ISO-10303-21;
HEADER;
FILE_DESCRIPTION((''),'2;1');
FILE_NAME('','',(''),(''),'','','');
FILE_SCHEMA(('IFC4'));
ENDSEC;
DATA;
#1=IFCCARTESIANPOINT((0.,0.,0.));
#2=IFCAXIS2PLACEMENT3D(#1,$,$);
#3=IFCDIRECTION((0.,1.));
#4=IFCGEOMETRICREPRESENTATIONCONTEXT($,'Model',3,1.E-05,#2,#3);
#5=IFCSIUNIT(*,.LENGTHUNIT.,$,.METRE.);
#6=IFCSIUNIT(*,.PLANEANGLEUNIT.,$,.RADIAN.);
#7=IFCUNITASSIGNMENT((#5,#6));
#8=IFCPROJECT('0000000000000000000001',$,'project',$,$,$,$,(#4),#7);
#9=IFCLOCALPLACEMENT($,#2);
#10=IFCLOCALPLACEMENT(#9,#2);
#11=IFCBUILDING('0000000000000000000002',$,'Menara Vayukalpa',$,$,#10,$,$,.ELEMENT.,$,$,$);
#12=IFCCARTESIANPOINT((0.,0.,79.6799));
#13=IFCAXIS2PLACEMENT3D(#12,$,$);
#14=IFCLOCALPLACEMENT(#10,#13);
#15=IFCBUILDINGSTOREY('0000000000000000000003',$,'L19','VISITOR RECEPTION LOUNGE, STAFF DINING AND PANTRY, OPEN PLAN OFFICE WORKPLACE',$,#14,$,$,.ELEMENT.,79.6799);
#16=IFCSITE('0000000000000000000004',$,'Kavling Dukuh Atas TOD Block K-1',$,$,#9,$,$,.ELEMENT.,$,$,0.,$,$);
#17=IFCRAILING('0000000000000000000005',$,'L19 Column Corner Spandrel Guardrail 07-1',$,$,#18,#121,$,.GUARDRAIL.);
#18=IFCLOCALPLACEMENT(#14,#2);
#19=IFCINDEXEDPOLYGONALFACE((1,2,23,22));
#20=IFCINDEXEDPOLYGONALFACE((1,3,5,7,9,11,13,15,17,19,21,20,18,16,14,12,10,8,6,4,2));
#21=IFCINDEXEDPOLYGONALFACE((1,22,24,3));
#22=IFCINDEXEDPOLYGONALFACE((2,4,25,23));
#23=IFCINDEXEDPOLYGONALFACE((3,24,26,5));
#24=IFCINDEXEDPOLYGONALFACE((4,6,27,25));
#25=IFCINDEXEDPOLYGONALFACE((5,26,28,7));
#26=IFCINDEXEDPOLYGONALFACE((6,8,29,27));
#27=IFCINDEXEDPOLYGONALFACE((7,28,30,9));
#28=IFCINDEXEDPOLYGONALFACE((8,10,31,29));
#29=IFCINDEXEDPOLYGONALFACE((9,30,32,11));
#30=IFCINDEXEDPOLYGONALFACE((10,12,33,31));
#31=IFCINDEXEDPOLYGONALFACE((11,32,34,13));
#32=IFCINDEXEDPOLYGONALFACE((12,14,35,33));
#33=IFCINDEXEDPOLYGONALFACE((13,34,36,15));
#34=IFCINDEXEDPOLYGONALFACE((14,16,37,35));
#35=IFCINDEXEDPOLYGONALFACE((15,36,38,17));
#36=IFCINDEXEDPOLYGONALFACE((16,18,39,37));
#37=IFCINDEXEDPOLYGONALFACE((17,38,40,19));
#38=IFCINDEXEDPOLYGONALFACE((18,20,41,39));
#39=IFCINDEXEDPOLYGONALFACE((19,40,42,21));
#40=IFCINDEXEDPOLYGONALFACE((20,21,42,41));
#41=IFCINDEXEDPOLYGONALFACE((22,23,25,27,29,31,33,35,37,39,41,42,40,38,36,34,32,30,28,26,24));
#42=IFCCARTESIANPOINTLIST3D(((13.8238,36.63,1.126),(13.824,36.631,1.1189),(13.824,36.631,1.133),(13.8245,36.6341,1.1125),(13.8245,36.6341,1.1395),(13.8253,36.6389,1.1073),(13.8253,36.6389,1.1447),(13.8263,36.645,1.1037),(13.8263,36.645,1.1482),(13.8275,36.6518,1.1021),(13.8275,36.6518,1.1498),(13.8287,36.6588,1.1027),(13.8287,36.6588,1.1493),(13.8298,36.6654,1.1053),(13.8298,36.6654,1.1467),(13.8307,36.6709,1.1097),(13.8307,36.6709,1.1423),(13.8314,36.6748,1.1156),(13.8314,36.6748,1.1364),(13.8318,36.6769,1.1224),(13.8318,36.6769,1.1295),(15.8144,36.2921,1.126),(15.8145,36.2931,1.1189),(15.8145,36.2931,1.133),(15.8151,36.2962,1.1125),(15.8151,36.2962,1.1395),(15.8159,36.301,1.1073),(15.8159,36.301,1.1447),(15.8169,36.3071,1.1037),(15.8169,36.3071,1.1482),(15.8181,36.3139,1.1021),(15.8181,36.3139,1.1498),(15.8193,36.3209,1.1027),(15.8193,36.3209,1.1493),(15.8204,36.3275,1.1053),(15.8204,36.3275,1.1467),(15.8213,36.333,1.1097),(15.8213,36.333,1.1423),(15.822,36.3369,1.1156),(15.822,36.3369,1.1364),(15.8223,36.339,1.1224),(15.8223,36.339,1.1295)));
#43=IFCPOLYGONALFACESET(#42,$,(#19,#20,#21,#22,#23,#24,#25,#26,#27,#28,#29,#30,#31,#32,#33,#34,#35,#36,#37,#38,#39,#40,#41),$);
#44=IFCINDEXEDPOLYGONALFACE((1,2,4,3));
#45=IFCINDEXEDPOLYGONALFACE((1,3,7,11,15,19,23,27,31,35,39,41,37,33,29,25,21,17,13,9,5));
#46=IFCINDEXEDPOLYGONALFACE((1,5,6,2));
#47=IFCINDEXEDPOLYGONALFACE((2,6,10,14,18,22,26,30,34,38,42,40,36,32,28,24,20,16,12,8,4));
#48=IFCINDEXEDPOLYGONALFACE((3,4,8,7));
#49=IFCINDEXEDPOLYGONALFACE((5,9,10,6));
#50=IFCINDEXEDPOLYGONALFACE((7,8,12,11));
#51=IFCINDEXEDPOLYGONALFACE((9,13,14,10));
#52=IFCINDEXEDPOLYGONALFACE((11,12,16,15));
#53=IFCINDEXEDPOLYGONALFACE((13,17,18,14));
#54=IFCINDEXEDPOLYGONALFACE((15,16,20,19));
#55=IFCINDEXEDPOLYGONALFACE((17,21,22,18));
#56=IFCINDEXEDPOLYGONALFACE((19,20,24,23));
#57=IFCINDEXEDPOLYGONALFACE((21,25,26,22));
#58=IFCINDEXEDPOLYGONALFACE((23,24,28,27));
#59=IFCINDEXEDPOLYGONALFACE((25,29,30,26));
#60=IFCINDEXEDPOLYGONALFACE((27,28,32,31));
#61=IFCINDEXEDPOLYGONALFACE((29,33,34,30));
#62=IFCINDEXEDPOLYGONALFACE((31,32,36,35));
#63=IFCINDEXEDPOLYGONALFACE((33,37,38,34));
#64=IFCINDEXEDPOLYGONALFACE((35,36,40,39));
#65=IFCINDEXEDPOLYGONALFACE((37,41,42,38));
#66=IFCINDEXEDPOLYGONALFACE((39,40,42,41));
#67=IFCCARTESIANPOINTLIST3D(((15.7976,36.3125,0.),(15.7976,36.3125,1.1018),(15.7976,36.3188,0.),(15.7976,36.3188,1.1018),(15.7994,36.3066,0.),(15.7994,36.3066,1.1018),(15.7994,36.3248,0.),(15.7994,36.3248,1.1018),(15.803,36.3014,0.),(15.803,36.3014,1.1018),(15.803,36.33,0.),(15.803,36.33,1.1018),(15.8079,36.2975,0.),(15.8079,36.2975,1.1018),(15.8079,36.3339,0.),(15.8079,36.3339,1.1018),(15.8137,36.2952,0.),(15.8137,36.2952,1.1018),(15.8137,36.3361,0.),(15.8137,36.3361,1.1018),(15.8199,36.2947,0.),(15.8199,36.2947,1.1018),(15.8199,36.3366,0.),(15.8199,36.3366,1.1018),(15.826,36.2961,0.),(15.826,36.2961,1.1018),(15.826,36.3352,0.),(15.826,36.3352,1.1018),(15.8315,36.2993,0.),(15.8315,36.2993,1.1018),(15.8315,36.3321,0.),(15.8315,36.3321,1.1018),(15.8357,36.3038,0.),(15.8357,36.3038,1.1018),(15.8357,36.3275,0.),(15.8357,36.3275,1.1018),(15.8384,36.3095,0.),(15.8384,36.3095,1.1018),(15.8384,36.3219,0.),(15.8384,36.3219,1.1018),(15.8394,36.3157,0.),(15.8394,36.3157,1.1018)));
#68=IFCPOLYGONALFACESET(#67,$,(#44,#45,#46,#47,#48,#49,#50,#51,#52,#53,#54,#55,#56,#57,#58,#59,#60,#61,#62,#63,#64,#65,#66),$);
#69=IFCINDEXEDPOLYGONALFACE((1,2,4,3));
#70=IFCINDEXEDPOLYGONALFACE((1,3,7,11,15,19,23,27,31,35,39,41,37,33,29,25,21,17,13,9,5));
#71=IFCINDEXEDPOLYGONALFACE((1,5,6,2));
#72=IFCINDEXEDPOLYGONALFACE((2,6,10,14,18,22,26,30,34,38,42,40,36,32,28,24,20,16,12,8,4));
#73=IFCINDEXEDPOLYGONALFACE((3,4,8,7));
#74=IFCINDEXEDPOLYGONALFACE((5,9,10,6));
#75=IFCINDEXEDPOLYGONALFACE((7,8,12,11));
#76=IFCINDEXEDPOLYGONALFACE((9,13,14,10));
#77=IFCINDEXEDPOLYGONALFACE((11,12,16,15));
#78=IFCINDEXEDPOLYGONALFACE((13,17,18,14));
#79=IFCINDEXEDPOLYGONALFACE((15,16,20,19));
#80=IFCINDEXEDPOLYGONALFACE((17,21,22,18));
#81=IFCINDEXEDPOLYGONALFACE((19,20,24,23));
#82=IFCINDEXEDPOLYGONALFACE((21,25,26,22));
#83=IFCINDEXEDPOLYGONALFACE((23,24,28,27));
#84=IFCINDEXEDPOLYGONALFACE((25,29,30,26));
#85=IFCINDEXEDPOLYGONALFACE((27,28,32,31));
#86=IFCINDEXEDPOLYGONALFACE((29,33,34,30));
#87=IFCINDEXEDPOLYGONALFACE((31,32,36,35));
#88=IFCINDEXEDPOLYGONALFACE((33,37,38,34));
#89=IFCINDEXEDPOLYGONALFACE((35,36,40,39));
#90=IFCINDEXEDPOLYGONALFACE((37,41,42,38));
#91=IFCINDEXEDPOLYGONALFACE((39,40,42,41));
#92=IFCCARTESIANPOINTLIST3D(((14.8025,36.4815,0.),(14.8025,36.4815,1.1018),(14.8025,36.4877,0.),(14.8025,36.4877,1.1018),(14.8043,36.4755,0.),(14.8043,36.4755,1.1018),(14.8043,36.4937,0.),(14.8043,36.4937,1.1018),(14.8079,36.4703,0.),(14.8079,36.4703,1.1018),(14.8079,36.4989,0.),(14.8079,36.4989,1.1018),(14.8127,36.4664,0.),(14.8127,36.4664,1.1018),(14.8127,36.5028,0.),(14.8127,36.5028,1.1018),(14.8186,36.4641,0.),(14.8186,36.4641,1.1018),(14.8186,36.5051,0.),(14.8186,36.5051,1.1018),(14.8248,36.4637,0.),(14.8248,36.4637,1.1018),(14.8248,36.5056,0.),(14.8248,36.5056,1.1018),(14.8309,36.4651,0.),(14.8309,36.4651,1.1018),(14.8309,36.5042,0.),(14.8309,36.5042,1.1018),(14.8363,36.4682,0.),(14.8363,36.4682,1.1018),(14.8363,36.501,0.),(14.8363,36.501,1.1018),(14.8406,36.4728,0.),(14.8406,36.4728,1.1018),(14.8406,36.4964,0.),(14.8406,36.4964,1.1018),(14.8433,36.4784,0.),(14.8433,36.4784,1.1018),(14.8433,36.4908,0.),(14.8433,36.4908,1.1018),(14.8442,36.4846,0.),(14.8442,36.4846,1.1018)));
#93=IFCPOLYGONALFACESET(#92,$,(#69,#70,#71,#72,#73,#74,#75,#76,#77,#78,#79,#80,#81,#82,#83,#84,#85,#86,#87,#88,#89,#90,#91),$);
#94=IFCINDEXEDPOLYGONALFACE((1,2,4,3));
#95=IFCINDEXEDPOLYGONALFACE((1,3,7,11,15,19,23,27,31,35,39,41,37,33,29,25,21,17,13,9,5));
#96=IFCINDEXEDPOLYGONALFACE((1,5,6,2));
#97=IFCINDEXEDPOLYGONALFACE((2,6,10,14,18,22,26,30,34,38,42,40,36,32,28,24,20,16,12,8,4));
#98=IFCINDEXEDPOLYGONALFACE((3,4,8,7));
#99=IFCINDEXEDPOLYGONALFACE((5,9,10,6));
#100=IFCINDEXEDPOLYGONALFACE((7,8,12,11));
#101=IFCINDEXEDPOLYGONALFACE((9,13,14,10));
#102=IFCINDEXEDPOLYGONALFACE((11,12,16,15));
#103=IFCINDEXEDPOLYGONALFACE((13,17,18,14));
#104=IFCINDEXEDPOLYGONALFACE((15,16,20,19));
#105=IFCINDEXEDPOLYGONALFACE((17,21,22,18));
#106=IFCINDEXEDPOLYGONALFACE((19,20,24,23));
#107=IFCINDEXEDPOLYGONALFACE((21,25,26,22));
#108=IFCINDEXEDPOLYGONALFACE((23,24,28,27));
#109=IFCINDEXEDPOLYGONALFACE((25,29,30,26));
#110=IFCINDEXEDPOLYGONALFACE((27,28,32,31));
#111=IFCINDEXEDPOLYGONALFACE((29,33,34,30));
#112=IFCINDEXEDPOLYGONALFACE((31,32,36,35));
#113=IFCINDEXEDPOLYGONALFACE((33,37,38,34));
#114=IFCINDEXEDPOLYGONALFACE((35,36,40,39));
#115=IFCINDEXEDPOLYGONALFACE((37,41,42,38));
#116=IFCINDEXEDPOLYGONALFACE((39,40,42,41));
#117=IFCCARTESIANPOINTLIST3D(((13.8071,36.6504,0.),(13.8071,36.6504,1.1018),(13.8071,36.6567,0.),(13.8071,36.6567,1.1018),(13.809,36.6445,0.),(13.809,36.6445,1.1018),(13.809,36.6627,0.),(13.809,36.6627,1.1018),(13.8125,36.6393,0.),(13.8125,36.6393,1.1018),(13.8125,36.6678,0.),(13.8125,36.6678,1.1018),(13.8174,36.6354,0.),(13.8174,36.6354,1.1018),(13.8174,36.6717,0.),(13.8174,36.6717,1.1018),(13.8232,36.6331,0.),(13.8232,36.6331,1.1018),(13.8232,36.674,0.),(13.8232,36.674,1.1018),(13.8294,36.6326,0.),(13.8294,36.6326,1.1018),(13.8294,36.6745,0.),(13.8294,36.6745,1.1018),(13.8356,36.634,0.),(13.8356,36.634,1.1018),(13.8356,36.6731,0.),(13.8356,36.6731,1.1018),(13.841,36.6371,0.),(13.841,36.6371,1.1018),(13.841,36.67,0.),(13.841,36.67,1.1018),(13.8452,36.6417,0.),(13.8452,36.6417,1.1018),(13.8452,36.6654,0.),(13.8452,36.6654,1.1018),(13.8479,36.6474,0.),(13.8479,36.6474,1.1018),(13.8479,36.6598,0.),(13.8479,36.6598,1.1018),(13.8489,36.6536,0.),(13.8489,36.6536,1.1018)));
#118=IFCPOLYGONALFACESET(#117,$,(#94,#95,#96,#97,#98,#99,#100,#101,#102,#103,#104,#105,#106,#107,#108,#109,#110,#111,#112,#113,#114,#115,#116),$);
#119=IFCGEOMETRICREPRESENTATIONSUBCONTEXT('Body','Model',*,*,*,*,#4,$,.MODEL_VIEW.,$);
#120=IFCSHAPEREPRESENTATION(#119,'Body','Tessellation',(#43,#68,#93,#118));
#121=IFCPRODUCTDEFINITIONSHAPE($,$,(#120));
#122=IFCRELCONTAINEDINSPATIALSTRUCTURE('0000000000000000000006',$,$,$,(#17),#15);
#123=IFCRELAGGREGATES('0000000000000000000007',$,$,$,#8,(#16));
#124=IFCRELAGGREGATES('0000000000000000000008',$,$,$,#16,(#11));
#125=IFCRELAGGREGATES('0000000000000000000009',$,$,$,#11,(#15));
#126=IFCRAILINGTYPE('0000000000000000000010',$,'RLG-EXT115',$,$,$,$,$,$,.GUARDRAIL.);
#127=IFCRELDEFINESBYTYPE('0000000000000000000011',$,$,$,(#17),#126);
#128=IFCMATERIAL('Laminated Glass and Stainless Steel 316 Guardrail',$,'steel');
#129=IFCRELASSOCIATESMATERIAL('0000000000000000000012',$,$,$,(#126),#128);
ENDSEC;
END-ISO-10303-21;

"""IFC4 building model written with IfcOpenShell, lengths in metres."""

from ifc_helpers import new_model, si_unit, direction, frame, origin, origin_2d, place, context, subcontext, project, spatial, circle, extrude, material, type_object, element, save


model = new_model("IFC4")

# Units and contexts
model_context = context("Model", 3, precision=1e-05, world=origin(), true_north=direction((0.0, 1.0)))
body_context = subcontext(model_context, "Body", "Model", "MODEL_VIEW")
ifc_project = project(units=[si_unit("LENGTHUNIT", "METRE"), si_unit("PLANEANGLEUNIT", "RADIAN")], contexts=[model_context])

# Site, building, storey
site_placement = place(None, origin())
site = spatial("IfcSite", under=ifc_project, at=site_placement, Name="Kavling Dukuh Atas TOD Block K-1", CompositionType="ELEMENT", RefElevation=0.0)
building_placement = place(site_placement, origin())
building = spatial("IfcBuilding", under=site, at=building_placement, Name="Menara Vayukalpa", CompositionType="ELEMENT")
storey_placement = place(building_placement, frame((0.0, 0.0, 79.6799)))
storey = spatial("IfcBuildingStorey", under=building, at=storey_placement, Name="L19", Description="VISITOR RECEPTION LOUNGE, STAFF DINING AND PANTRY, OPEN PLAN OFFICE WORKPLACE", CompositionType="ELEMENT", Elevation=79.6799)

# Railing
ifc_material_1 = material(Name="Laminated Glass and Stainless Steel 316 Guardrail", Category="steel")
railing_type = type_object("IfcRailingType", Name="RLG-EXT115", PredefinedType="GUARDRAIL", material=ifc_material_1)
railing_1_placement = place(storey_placement, frame((15.8184, 36.3157, 0.0)))
element("IfcRailing", 1, at=railing_1_placement, inside=storey, type_object=railing_type, Name="L19 Column Corner Spandrel Guardrail 07-1", PredefinedType="GUARDRAIL", context=body_context, shape_type="SweptSolid", body=[
    extrude(circle(Radius=0.0239, at=origin_2d()), frame((0.0, 0.0, 1.126), z_axis=(-0.985896, 0.167359, 0.0), x_axis=(-0.167359, -0.985896, 0.0)), (0.0, 0.0, 1.0), 2.019),
    extrude(circle(Radius=0.021, at=origin_2d()), origin(), (0.0, 0.0, 1.0), 1.1018),
    extrude(circle(Radius=0.021, at=origin_2d()), frame((-0.9951, 0.1689, 0.0)), (0.0, 0.0, 1.0), 1.1018),
    extrude(circle(Radius=0.021, at=origin_2d()), frame((-1.9905, 0.3379, 0.0)), (0.0, 0.0, 1.0), 1.1018),
])

save(model, "model.ifc")
